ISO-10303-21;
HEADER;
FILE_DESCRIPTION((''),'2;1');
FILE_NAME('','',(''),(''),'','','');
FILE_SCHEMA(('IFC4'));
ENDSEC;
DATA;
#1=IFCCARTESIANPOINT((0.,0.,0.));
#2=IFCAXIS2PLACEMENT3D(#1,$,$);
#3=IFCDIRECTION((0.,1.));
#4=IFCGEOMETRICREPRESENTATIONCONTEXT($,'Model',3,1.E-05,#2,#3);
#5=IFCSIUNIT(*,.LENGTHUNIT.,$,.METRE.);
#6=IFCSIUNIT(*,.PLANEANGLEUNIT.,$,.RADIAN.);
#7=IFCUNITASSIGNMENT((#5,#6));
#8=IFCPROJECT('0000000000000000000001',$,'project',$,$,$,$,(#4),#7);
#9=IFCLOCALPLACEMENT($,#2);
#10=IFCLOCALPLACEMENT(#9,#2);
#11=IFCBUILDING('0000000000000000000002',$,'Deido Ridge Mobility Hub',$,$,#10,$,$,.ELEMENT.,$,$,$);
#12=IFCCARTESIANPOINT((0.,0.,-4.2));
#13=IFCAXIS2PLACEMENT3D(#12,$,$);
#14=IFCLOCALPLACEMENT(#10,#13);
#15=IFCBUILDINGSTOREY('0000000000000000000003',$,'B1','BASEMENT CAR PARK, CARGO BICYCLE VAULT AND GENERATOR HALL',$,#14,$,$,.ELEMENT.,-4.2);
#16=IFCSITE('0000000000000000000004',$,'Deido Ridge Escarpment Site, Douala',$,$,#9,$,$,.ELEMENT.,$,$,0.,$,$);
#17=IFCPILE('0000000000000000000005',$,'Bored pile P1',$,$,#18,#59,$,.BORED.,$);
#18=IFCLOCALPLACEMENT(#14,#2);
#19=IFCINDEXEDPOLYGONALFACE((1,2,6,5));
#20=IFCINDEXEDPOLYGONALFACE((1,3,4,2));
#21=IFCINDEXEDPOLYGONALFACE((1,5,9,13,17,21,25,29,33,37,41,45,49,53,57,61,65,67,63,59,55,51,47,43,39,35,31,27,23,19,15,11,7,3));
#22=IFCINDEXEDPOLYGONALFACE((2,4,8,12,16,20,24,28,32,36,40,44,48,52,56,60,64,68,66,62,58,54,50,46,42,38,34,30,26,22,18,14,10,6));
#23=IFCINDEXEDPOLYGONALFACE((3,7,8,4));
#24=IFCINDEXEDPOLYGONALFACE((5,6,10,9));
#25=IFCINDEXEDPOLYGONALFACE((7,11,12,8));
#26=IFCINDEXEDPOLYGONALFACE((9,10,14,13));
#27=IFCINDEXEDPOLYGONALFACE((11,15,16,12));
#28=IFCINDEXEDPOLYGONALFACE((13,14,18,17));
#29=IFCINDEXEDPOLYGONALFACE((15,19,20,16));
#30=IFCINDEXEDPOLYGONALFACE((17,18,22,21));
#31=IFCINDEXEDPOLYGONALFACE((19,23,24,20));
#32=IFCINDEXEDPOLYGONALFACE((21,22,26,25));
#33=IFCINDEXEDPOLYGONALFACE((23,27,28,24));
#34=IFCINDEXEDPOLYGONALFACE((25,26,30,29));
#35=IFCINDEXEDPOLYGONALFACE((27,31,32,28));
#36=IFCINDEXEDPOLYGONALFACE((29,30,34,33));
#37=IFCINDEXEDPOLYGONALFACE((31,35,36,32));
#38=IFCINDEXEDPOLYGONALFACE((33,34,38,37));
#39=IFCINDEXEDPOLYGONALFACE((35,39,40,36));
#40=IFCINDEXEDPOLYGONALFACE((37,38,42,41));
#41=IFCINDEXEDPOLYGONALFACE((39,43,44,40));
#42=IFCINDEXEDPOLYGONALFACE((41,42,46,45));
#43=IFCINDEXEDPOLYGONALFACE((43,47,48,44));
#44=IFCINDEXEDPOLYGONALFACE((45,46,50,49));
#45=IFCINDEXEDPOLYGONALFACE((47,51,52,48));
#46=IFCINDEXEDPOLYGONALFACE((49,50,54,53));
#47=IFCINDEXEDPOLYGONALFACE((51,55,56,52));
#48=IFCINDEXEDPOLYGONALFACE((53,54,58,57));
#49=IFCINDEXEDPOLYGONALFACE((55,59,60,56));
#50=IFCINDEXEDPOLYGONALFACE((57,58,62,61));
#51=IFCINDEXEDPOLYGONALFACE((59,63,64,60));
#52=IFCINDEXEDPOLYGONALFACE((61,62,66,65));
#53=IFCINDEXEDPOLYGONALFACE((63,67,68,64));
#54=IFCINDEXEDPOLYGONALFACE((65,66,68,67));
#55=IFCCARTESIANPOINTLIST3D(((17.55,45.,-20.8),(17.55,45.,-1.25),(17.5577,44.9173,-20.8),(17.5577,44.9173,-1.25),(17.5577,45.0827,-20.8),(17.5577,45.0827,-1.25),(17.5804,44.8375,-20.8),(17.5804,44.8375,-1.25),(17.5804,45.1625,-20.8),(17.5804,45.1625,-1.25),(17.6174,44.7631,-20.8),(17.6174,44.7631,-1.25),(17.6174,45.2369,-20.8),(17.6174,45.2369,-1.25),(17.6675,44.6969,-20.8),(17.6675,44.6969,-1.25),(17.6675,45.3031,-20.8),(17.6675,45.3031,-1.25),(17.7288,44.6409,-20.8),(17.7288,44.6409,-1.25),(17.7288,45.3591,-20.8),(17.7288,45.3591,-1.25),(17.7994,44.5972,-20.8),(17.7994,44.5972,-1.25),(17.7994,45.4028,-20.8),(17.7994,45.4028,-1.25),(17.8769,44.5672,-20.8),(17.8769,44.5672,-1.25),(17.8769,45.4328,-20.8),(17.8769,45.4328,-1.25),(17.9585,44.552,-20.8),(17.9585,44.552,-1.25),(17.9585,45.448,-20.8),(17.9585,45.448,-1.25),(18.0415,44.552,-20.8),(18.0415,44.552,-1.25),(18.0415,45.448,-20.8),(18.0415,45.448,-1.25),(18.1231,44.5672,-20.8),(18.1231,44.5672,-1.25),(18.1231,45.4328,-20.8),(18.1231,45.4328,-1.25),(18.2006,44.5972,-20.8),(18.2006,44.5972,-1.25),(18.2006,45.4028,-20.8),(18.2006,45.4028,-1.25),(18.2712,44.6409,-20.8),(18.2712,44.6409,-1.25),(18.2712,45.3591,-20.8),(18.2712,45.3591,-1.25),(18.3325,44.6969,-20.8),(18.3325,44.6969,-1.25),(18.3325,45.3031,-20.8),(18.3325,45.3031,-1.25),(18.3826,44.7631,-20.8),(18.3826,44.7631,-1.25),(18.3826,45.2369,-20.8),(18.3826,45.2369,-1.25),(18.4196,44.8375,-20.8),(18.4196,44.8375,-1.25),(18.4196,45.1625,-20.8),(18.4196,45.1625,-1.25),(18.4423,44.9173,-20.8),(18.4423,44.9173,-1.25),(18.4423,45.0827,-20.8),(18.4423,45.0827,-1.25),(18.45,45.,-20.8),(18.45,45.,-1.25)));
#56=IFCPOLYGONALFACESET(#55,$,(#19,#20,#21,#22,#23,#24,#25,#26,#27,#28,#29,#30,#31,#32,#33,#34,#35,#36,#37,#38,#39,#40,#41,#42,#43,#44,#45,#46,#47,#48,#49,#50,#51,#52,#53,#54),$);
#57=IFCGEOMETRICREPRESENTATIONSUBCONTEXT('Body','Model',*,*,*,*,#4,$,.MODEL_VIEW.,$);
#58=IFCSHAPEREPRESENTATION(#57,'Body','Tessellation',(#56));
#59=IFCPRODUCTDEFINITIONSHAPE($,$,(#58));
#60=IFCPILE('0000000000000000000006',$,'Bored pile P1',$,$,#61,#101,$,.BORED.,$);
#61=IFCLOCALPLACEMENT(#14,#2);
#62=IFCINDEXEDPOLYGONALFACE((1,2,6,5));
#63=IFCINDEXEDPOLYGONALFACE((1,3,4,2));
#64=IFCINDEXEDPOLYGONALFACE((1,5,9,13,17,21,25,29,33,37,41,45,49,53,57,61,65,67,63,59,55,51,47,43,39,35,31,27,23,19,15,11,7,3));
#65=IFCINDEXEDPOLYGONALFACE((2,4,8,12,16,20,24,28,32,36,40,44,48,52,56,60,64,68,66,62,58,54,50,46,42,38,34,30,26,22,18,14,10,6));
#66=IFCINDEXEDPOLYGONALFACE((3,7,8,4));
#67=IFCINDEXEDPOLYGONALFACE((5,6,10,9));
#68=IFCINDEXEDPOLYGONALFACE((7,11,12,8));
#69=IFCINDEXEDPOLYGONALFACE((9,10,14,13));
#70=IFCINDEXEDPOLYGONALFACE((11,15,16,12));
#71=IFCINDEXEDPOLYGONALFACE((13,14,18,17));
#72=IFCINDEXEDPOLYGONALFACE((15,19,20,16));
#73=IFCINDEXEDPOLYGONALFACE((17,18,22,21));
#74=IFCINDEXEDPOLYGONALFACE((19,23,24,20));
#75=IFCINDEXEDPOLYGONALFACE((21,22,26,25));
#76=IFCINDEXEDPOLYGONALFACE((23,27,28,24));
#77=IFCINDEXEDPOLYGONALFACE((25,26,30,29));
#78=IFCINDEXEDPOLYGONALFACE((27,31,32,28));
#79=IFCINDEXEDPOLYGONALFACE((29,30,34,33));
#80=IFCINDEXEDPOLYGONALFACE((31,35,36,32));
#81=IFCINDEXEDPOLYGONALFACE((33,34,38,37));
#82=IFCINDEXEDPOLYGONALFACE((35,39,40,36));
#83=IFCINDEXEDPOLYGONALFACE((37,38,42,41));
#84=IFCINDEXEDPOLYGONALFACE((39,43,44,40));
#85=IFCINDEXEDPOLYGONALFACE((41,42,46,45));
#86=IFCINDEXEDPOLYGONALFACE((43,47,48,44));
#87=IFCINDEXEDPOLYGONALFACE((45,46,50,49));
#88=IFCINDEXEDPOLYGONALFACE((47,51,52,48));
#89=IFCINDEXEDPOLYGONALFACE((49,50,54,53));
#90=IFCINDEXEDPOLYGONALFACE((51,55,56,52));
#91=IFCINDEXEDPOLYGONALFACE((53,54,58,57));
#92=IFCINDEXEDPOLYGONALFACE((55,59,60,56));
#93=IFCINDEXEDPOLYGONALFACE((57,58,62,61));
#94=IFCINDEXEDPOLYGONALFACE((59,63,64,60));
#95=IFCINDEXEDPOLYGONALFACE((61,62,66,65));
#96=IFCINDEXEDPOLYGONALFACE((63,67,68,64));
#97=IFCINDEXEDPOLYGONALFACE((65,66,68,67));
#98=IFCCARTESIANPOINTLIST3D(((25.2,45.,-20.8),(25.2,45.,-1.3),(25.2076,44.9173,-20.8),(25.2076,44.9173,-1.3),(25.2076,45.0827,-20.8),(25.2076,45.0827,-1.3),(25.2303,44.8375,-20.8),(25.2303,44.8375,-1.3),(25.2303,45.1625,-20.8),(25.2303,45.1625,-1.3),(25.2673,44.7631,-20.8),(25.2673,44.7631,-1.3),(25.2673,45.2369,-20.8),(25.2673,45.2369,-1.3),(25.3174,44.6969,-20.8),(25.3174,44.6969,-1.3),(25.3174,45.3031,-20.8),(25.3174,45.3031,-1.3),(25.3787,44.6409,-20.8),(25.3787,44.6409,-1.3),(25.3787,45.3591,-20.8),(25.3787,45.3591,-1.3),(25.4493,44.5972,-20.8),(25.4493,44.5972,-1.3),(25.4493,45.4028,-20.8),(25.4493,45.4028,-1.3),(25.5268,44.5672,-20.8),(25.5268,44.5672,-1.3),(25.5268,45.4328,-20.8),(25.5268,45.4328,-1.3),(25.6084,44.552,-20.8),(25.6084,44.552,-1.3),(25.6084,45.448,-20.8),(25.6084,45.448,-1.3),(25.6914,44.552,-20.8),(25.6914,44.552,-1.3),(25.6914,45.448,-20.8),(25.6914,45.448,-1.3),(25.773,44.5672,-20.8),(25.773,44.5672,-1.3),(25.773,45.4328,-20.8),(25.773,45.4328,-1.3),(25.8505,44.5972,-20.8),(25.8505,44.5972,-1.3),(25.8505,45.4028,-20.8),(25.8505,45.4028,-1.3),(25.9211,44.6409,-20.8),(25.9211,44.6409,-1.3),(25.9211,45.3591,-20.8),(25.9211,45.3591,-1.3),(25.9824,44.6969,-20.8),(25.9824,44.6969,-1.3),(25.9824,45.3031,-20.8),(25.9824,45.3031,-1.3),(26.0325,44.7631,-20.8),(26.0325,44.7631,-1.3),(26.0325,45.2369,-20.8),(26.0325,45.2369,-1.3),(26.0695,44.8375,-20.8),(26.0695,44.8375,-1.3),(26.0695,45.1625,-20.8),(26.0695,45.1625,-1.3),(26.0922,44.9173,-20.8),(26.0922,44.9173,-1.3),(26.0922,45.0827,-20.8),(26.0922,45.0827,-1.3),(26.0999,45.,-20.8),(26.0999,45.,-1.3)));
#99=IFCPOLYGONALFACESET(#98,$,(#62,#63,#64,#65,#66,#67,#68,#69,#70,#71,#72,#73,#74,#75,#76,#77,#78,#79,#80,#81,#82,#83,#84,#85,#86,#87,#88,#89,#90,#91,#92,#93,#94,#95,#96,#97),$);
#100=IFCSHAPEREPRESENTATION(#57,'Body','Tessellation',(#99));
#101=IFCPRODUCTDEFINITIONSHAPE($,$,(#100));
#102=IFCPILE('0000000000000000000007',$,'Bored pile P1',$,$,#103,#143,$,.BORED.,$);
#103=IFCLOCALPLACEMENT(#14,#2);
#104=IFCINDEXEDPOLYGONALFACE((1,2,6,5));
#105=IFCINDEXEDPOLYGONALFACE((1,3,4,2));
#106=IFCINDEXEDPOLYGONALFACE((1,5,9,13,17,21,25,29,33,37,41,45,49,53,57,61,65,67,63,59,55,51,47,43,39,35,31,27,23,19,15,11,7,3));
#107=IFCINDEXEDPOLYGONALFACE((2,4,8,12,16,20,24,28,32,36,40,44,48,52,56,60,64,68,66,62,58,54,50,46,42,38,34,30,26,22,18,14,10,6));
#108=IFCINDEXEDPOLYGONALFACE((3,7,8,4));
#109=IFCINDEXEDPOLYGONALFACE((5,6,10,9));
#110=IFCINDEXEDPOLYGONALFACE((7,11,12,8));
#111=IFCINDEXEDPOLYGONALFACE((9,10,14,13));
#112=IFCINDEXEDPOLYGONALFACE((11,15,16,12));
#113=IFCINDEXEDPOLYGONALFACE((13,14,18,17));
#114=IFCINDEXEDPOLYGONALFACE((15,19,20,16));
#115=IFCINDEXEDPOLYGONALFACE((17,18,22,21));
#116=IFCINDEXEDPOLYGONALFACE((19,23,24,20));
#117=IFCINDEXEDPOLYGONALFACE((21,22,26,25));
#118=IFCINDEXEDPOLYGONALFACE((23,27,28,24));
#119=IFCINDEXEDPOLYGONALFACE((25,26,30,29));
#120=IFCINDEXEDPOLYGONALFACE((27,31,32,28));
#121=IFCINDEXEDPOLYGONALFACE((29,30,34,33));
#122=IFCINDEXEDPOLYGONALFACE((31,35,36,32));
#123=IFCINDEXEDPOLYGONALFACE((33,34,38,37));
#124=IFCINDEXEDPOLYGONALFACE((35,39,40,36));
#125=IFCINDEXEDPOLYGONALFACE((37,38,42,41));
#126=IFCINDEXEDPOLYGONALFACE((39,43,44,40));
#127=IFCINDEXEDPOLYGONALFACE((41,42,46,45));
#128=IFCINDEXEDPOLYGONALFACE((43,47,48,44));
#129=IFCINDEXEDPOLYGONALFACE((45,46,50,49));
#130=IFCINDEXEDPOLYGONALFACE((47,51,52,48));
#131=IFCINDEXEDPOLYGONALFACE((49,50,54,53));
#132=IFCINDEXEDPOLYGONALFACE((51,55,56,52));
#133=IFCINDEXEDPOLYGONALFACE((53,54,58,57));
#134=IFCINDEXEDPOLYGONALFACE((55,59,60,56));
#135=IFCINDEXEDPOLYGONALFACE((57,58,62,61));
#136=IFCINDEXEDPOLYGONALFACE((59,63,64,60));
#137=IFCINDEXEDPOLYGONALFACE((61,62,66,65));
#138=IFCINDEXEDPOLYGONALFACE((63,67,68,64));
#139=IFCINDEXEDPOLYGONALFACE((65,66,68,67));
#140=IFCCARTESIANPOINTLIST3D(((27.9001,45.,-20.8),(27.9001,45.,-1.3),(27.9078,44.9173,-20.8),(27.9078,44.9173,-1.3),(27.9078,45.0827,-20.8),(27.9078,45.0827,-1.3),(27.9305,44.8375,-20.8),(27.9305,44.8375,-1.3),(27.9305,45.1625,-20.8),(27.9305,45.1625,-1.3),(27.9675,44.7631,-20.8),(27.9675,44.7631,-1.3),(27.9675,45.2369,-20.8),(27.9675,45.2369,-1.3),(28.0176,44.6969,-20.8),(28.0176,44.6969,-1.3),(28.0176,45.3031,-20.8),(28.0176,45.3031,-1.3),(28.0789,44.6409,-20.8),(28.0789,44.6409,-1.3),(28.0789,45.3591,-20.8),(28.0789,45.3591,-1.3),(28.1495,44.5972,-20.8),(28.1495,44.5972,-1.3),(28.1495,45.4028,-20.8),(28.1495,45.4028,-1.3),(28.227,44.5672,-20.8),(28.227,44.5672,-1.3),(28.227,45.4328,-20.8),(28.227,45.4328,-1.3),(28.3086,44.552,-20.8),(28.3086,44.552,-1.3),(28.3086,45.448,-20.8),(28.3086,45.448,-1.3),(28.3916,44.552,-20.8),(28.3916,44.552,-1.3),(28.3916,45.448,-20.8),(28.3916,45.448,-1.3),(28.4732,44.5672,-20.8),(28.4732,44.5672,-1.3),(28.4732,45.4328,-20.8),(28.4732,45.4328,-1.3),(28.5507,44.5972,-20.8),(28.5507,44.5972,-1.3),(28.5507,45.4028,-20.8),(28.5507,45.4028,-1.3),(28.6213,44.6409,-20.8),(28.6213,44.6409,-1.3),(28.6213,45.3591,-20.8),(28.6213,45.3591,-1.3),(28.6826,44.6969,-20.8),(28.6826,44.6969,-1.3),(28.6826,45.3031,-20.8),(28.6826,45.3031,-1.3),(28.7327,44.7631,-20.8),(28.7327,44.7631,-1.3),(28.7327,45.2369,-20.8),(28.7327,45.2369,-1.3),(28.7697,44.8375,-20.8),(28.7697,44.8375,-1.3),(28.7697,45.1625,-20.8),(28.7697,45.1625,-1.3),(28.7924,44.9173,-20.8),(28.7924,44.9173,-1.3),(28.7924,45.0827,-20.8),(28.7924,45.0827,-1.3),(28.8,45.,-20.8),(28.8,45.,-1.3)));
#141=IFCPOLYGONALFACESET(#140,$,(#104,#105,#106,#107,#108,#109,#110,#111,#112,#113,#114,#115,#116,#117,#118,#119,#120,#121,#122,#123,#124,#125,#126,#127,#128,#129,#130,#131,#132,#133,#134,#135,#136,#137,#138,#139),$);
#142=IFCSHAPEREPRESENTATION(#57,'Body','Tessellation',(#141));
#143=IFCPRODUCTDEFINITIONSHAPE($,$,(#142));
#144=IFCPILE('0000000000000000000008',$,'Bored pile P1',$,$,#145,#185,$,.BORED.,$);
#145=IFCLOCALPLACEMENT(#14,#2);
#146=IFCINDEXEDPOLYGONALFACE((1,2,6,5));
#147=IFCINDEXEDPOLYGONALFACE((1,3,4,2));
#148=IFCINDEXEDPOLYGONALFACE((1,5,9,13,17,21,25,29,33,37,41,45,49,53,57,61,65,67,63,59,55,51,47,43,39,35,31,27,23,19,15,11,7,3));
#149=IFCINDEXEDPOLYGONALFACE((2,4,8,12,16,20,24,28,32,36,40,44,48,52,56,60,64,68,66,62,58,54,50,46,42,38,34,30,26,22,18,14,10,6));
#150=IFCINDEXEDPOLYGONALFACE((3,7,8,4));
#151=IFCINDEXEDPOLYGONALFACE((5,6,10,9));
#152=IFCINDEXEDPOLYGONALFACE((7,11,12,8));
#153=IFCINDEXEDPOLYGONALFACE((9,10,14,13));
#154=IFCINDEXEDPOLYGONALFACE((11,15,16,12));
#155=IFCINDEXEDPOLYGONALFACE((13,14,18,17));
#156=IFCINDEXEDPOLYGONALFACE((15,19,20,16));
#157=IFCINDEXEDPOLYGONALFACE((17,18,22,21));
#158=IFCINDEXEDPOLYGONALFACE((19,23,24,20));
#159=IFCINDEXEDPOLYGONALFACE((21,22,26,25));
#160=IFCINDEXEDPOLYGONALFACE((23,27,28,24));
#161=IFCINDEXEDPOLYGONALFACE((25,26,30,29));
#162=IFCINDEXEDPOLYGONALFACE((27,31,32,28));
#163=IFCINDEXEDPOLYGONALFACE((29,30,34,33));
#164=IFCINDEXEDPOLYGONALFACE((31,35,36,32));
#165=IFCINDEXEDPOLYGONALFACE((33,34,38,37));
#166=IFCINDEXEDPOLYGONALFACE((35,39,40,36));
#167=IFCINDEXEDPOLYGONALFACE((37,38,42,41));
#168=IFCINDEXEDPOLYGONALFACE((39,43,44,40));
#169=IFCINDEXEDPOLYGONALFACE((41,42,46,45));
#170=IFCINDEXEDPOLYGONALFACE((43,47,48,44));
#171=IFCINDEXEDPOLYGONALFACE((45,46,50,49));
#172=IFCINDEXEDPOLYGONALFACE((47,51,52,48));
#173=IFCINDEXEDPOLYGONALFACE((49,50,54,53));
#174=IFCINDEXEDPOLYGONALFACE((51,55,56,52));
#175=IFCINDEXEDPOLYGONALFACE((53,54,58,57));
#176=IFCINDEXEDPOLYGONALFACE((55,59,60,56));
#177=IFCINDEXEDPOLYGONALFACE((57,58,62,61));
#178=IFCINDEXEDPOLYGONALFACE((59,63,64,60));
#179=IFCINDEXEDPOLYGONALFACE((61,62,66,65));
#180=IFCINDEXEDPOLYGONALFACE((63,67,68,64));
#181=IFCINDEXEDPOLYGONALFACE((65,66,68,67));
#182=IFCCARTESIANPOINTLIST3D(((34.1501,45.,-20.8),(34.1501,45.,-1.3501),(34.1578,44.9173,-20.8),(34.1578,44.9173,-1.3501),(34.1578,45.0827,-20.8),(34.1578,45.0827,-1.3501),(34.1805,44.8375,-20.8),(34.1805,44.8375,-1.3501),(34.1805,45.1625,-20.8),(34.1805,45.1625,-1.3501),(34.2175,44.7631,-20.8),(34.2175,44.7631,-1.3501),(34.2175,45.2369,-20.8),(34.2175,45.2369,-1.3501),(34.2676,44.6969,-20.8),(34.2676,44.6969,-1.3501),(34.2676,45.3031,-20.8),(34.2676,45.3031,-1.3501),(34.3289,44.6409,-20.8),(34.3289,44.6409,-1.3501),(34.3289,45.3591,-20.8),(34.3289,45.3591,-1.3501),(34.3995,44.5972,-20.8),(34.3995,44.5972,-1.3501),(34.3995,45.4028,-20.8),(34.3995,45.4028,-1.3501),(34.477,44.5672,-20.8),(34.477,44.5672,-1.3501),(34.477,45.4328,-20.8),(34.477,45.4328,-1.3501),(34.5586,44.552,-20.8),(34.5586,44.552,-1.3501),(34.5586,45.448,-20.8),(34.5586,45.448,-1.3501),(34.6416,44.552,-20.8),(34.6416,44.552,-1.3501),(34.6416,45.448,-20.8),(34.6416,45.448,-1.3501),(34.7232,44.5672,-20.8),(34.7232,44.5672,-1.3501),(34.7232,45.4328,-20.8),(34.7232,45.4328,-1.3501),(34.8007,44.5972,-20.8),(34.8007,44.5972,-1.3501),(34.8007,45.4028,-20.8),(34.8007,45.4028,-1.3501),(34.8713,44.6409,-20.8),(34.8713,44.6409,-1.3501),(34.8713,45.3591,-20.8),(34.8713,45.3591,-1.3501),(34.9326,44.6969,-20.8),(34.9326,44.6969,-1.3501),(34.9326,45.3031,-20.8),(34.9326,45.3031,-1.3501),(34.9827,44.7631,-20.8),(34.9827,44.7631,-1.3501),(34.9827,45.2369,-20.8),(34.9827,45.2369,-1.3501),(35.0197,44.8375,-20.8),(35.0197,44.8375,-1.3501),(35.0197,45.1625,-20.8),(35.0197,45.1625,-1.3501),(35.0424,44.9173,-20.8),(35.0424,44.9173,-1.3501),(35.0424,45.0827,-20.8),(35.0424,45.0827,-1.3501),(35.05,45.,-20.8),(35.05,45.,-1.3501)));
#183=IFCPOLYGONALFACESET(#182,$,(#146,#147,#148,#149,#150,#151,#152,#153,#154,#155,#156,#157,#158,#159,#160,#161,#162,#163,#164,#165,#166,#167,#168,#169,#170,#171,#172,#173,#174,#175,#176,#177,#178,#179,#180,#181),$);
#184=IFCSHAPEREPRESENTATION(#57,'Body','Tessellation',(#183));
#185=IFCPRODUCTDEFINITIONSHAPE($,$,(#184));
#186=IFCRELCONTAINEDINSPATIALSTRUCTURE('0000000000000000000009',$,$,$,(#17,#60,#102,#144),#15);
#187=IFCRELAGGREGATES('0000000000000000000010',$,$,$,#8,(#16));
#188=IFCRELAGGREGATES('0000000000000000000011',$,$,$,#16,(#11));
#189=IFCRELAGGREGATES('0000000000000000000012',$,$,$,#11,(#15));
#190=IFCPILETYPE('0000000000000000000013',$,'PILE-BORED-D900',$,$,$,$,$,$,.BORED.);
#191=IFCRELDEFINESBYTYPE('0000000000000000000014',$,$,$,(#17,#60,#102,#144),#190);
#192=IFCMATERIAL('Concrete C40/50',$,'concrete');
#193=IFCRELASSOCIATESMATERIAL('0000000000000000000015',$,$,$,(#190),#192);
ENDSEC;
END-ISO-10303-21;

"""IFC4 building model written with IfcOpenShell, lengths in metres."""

from ifc_helpers import new_model, si_unit, direction, frame, origin, origin_2d, place, context, subcontext, project, spatial, circle, extrude, material, material_profile, profile_set, type_object, element, save


model = new_model("IFC4")

# Units and contexts
model_context = context("Model", 3, precision=1e-05, world=origin(), true_north=direction((0.0, 1.0)))
body_context = subcontext(model_context, "Body", "Model", "MODEL_VIEW")
ifc_project = project(units=[si_unit("LENGTHUNIT", "METRE"), si_unit("PLANEANGLEUNIT", "RADIAN")], contexts=[model_context])

# Site, building, storey
site_placement = place(None, origin())
site = spatial("IfcSite", under=ifc_project, at=site_placement, Name="Deido Ridge Escarpment Site, Douala", CompositionType="ELEMENT", RefElevation=0.0)
building_placement = place(site_placement, origin())
building = spatial("IfcBuilding", under=site, at=building_placement, Name="Deido Ridge Mobility Hub", CompositionType="ELEMENT")
storey_placement = place(building_placement, frame((0.0, 0.0, -4.2)))
storey = spatial("IfcBuildingStorey", under=building, at=storey_placement, Name="B1", Description="BASEMENT CAR PARK, CARGO BICYCLE VAULT AND GENERATOR HALL", CompositionType="ELEMENT", Elevation=-4.2)

# Shared definitions
ifc_material_1 = material(Name="Concrete C40/50", Category="concrete")

# Piles
ifc_material_profile_1 = material_profile(ifc_material_1, circle(Radius=0.45, at=origin_2d()), Name="BORED PILE D900")
ifc_profile_set_1 = profile_set([ifc_material_profile_1], Name="Concrete C40/50")
pile_type_1 = type_object("IfcPileType", Name="PILE-BORED-D900", PredefinedType="BORED", material=ifc_profile_set_1)
pile_1_placement = place(storey_placement, frame((18.0, 45.0, -1.25), z_axis=(0.0, 0.0, -1.0), x_axis=(1.0, 0.0, 0.0)))
element("IfcPile", 1, at=pile_1_placement, inside=storey, type_object=pile_type_1, Name="Bored pile P1", PredefinedType="BORED", context=body_context, shape_type="SweptSolid", body=[
    extrude(circle(Radius=0.45, at=origin_2d()), origin(), (0.0, 0.0, 1.0), 19.55),
])
for number, where, z_axis, x_axis, name in (
    (2, (25.6499, 45.0, -1.3), (0.0, 0.0, -1.0), (1.0, 0.0, 0.0), "Bored pile P1"),
    (3, (28.3501, 45.0, -1.3), (0.0, 0.0, -1.0), (1.0, 0.0, 0.0), "Bored pile P1"),
):
    element("IfcPile", number, at=place(storey_placement, frame(where, z_axis=z_axis, x_axis=x_axis)), inside=storey, type_object=pile_type_1, Name=name, PredefinedType="BORED", context=body_context, shape_type="SweptSolid", body=[
        extrude(circle(Radius=0.45, at=origin_2d()), origin(), (0.0, 0.0, 1.0), 19.5),
    ])
pile_2_placement = place(storey_placement, frame((34.6001, 45.0, -1.3501), z_axis=(0.0, 0.0, -1.0), x_axis=(1.0, 0.0, 0.0)))
element("IfcPile", 4, at=pile_2_placement, inside=storey, type_object=pile_type_1, Name="Bored pile P1", PredefinedType="BORED", context=body_context, shape_type="SweptSolid", body=[
    extrude(circle(Radius=0.45, at=origin_2d()), origin(), (0.0, 0.0, 1.0), 19.45),
])

save(model, "model.ifc")
